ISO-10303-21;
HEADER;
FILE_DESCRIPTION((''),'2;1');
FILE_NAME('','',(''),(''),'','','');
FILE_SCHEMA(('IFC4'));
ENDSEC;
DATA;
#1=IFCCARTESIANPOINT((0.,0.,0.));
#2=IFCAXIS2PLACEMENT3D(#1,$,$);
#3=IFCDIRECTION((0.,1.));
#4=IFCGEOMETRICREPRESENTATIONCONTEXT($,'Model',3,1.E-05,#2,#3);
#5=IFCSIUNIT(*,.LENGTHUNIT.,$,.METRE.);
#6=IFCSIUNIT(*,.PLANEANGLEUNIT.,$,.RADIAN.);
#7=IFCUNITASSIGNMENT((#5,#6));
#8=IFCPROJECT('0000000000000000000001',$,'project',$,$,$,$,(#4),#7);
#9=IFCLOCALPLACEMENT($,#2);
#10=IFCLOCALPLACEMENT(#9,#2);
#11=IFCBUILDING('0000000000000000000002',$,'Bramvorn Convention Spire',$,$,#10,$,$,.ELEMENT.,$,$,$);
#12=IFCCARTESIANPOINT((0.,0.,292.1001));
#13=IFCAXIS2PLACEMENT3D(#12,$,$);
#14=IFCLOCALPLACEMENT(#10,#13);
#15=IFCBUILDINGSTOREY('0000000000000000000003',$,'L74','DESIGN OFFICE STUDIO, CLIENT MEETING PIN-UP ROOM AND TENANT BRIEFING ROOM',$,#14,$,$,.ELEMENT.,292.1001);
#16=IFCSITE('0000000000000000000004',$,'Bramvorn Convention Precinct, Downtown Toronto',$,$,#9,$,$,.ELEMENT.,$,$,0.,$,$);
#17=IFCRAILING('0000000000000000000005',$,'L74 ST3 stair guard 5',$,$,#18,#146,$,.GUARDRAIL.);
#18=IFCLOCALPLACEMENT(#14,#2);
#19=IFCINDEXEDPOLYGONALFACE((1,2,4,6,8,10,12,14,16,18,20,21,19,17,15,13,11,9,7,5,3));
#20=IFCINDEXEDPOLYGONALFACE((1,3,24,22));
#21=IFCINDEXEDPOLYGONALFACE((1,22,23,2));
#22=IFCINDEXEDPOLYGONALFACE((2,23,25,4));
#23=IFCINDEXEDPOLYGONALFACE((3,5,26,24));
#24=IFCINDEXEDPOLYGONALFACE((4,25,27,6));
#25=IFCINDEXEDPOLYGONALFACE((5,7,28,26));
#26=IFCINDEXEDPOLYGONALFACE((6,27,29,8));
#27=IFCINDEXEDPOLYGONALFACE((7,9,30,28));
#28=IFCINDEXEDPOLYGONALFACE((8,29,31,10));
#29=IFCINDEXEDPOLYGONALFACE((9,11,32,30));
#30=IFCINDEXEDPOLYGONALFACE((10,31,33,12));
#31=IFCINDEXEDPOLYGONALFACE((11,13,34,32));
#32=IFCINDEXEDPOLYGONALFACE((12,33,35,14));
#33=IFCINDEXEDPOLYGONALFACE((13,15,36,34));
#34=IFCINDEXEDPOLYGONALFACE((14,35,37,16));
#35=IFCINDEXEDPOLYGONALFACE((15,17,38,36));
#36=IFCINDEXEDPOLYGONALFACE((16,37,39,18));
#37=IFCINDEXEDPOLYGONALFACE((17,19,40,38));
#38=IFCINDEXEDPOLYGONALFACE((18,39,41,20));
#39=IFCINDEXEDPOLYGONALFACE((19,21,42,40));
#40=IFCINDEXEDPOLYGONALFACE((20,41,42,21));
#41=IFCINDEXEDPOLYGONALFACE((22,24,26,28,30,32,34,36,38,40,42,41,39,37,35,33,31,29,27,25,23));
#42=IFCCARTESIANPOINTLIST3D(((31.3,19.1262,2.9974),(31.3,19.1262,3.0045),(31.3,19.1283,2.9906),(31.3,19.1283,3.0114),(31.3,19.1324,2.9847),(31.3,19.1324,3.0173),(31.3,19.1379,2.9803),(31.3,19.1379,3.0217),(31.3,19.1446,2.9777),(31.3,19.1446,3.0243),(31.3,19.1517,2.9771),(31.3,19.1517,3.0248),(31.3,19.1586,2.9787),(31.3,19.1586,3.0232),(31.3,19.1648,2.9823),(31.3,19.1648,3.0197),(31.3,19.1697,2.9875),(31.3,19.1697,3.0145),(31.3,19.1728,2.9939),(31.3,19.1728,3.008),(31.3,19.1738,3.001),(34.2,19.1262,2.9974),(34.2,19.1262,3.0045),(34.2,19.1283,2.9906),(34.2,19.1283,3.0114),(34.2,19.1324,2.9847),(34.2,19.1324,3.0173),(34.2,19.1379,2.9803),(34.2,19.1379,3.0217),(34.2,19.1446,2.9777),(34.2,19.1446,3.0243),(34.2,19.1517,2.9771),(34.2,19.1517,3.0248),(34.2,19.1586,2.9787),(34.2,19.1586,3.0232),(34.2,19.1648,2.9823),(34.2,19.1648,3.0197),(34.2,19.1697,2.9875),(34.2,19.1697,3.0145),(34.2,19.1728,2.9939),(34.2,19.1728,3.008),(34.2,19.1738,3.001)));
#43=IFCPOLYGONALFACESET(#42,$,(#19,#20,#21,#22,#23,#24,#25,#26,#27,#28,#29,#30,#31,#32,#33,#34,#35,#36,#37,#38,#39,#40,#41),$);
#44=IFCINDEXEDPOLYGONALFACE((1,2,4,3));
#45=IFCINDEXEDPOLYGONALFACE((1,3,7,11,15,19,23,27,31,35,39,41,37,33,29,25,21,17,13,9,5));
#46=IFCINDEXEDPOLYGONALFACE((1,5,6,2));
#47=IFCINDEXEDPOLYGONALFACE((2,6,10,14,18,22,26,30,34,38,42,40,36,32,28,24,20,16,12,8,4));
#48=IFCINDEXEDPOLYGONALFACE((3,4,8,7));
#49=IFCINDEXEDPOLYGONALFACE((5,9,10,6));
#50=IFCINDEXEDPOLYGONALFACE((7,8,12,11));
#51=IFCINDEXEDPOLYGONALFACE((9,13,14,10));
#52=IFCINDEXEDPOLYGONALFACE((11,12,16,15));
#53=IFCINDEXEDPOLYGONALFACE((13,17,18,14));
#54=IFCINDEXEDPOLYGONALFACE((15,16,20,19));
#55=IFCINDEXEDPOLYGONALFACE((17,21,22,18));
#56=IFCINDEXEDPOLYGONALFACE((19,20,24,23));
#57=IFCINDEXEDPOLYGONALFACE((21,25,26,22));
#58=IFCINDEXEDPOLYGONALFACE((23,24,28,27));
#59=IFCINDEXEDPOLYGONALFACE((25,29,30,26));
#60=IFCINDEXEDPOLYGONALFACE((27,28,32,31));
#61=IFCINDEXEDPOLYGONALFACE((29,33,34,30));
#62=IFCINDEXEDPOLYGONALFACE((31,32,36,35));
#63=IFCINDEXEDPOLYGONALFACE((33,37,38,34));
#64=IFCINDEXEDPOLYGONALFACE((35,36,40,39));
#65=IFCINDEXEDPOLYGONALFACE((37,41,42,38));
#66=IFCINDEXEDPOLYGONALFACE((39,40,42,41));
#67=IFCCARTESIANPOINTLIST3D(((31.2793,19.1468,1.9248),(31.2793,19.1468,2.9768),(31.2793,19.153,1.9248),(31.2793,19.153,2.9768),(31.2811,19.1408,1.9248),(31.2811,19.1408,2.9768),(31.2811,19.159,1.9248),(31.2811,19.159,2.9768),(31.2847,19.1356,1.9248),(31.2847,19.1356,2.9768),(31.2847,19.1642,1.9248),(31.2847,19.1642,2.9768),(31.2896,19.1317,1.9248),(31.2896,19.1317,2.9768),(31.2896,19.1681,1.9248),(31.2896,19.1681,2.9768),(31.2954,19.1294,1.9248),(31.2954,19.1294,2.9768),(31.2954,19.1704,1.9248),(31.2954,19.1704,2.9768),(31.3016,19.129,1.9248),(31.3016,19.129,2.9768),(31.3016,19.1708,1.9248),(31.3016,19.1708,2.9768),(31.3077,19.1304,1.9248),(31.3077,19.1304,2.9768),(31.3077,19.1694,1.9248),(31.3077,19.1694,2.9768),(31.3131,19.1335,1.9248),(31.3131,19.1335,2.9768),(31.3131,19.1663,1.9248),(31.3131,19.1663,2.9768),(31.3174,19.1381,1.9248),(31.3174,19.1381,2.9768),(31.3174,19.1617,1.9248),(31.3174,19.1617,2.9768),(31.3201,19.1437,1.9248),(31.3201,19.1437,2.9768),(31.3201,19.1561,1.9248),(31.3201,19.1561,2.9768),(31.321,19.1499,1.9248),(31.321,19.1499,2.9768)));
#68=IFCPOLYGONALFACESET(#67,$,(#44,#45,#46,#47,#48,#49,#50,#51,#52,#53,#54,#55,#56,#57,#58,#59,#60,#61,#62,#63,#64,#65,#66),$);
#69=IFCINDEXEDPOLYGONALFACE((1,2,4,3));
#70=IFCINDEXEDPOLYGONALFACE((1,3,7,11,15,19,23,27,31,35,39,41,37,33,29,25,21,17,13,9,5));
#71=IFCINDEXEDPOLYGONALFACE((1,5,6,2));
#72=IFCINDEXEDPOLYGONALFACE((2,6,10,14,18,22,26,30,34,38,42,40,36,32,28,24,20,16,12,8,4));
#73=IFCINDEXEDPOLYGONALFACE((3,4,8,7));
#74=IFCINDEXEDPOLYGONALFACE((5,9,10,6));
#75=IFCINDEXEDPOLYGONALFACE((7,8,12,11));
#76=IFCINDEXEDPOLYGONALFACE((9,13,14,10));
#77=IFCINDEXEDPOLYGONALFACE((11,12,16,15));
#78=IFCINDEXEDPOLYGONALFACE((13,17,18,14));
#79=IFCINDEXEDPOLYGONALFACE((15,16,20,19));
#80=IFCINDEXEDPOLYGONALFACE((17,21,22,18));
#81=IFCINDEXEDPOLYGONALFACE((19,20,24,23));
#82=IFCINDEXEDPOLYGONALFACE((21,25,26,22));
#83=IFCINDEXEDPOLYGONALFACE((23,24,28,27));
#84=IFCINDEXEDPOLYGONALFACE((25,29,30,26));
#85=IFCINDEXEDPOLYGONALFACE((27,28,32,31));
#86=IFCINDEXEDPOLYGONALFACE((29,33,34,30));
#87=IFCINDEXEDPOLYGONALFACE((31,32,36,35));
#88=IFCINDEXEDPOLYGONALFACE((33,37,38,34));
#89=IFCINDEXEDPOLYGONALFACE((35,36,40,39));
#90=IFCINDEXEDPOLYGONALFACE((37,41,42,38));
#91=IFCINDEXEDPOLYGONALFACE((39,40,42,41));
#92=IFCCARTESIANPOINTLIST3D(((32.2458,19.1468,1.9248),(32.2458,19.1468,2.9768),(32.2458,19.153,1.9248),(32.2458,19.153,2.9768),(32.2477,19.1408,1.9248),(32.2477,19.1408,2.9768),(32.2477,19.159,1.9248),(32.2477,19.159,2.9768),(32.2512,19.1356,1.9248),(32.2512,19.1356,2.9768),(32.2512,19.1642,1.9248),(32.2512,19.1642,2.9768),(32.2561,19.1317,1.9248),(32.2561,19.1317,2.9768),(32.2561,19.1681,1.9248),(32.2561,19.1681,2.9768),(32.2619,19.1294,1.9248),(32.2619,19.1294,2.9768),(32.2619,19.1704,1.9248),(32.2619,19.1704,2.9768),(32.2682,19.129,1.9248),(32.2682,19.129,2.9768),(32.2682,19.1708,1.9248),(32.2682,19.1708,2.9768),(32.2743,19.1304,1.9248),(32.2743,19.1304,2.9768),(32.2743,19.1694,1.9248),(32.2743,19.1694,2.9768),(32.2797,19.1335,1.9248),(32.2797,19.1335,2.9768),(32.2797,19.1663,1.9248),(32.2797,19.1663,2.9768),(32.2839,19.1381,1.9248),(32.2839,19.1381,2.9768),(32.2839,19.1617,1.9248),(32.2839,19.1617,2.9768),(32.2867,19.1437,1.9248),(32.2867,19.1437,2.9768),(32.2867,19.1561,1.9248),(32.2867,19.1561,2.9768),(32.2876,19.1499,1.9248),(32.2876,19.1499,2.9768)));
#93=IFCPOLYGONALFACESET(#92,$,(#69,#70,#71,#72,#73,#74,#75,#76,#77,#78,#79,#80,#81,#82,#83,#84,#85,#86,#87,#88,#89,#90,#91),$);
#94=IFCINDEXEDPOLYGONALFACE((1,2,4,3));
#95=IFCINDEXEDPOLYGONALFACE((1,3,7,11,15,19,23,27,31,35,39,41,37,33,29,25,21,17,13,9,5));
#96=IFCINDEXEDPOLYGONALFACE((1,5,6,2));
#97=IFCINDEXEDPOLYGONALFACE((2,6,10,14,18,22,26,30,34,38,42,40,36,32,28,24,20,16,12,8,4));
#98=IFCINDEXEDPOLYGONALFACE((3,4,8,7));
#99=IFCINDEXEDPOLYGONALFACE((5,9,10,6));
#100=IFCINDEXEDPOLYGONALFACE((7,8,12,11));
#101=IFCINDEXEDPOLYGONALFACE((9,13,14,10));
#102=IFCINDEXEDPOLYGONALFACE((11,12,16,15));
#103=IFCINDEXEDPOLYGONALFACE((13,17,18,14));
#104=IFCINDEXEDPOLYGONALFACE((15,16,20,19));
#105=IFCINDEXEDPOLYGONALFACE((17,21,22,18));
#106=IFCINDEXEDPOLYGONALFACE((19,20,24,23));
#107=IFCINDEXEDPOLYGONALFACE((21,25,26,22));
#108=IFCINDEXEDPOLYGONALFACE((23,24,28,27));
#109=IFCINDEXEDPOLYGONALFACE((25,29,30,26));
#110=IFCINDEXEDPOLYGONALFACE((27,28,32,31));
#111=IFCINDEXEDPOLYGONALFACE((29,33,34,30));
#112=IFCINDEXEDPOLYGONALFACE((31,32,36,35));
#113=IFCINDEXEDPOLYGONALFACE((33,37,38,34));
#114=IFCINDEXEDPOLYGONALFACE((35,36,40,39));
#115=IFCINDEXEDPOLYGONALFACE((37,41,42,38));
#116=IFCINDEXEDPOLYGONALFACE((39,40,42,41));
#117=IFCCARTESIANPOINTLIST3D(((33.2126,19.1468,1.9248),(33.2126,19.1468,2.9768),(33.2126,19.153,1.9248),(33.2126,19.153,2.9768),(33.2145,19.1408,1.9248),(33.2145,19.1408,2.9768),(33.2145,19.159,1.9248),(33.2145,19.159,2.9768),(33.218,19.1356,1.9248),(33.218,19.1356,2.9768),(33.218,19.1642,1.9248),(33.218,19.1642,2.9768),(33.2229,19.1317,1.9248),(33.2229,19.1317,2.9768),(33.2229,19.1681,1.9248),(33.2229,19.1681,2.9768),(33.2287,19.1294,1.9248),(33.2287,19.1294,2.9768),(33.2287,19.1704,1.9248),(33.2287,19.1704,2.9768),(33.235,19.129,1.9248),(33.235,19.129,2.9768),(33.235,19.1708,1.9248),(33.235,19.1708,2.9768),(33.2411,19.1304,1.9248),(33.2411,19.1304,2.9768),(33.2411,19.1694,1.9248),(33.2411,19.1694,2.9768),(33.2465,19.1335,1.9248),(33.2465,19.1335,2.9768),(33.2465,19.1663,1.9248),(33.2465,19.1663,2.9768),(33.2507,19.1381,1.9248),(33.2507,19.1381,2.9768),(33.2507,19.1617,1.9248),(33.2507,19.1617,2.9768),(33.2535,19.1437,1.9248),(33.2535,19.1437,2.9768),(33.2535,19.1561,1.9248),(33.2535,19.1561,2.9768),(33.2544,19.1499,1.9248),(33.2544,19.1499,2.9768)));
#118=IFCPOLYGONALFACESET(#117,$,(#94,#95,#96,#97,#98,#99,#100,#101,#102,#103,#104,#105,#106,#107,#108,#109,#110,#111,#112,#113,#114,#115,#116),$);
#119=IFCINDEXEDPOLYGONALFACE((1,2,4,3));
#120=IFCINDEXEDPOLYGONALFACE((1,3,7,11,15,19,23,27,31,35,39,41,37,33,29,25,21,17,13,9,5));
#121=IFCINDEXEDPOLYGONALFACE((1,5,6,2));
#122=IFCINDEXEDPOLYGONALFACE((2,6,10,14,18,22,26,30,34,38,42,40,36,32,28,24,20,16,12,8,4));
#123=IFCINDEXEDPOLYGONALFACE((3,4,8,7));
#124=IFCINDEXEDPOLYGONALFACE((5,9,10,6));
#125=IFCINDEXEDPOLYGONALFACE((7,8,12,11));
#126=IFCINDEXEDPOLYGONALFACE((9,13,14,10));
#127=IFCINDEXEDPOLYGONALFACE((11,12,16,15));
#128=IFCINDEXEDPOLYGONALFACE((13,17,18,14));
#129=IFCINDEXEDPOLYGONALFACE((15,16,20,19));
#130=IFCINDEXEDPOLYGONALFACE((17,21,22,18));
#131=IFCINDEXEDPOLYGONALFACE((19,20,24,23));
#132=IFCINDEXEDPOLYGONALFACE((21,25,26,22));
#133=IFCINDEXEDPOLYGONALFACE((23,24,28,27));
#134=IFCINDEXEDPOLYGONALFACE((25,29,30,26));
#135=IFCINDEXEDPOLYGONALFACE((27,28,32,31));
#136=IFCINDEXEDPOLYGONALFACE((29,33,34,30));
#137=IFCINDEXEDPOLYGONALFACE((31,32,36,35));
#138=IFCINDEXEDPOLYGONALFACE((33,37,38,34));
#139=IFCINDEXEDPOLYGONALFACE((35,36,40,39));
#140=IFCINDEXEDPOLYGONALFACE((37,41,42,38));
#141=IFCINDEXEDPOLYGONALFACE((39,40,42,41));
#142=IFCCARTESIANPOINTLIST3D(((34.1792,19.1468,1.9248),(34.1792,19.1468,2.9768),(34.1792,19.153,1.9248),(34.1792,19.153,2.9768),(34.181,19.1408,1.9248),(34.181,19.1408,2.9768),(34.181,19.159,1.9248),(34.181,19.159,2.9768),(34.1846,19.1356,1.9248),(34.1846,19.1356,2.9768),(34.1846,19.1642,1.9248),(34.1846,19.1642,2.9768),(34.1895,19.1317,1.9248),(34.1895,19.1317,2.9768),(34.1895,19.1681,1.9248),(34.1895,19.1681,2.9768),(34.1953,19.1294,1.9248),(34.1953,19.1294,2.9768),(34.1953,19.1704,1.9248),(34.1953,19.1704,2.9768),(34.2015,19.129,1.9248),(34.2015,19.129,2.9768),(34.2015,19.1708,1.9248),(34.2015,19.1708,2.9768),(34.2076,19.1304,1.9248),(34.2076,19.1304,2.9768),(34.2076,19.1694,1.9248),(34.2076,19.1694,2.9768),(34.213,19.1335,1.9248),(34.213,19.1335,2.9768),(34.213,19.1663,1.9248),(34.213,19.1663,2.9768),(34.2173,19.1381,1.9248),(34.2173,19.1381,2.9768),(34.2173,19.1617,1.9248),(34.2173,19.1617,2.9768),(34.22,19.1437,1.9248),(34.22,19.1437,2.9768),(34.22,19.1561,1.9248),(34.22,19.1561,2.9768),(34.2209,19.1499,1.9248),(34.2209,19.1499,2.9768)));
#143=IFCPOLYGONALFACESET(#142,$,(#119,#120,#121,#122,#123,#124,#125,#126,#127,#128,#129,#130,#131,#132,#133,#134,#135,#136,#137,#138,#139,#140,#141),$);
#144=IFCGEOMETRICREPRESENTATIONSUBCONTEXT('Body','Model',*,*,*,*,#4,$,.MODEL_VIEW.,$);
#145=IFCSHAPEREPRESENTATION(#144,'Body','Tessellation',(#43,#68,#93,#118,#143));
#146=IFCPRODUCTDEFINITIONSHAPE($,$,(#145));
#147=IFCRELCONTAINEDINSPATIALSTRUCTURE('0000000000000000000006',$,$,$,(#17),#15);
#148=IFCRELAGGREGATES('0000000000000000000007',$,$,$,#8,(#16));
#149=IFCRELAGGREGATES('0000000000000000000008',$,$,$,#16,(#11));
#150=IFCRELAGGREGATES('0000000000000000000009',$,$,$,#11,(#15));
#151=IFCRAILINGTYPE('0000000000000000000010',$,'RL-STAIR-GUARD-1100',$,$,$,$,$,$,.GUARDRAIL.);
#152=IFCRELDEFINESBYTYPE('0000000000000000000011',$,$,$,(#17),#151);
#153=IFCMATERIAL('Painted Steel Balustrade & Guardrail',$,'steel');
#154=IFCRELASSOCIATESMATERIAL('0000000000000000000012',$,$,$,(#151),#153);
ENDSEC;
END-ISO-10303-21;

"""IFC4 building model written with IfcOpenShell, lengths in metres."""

from ifc_helpers import new_model, si_unit, direction, frame, origin, origin_2d, place, context, subcontext, project, spatial, circle, extrude, material, type_object, element, save


model = new_model("IFC4")

# Units and contexts
model_context = context("Model", 3, precision=1e-05, world=origin(), true_north=direction((0.0, 1.0)))
body_context = subcontext(model_context, "Body", "Model", "MODEL_VIEW")
ifc_project = project(units=[si_unit("LENGTHUNIT", "METRE"), si_unit("PLANEANGLEUNIT", "RADIAN")], contexts=[model_context])

# Site, building, storey
site_placement = place(None, origin())
site = spatial("IfcSite", under=ifc_project, at=site_placement, Name="Bramvorn Convention Precinct, Downtown Toronto", CompositionType="ELEMENT", RefElevation=0.0)
building_placement = place(site_placement, origin())
building = spatial("IfcBuilding", under=site, at=building_placement, Name="Bramvorn Convention Spire", CompositionType="ELEMENT")
storey_placement = place(building_placement, frame((0.0, 0.0, 292.1001)))
storey = spatial("IfcBuildingStorey", under=building, at=storey_placement, Name="L74", Description="DESIGN OFFICE STUDIO, CLIENT MEETING PIN-UP ROOM AND TENANT BRIEFING ROOM", CompositionType="ELEMENT", Elevation=292.1001)

# Railing
ifc_material_1 = material(Name="Painted Steel Balustrade & Guardrail", Category="steel")
railing_type_1 = type_object("IfcRailingType", Name="RL-STAIR-GUARD-1100", PredefinedType="GUARDRAIL", material=ifc_material_1)
railing_1_placement = place(storey_placement, frame((31.3, 19.1499, 1.9248)))
element("IfcRailing", 1, at=railing_1_placement, inside=storey, type_object=railing_type_1, Name="L74 ST3 stair guard 5", PredefinedType="GUARDRAIL", context=body_context, shape_type="SweptSolid", body=[
    extrude(circle(Radius=0.0239, at=origin_2d()), frame((0.0, 0.0, 1.0762), z_axis=(1.0, 0.0, 0.0), x_axis=(0.0, 1.0, 0.0)), (0.0, 0.0, 1.0), 2.8999),
    extrude(circle(Radius=0.021, at=origin_2d()), origin(), (0.0, 0.0, 1.0), 1.052),
    extrude(circle(Radius=0.021, at=origin_2d()), frame((0.9666, 0.0, 0.0)), (0.0, 0.0, 1.0), 1.052),
    extrude(circle(Radius=0.021, at=origin_2d()), frame((1.9333, 0.0, 0.0)), (0.0, 0.0, 1.0), 1.052),
    extrude(circle(Radius=0.021, at=origin_2d()), frame((2.8999, 0.0, 0.0)), (0.0, 0.0, 1.0), 1.052),
])

save(model, "model.ifc")
